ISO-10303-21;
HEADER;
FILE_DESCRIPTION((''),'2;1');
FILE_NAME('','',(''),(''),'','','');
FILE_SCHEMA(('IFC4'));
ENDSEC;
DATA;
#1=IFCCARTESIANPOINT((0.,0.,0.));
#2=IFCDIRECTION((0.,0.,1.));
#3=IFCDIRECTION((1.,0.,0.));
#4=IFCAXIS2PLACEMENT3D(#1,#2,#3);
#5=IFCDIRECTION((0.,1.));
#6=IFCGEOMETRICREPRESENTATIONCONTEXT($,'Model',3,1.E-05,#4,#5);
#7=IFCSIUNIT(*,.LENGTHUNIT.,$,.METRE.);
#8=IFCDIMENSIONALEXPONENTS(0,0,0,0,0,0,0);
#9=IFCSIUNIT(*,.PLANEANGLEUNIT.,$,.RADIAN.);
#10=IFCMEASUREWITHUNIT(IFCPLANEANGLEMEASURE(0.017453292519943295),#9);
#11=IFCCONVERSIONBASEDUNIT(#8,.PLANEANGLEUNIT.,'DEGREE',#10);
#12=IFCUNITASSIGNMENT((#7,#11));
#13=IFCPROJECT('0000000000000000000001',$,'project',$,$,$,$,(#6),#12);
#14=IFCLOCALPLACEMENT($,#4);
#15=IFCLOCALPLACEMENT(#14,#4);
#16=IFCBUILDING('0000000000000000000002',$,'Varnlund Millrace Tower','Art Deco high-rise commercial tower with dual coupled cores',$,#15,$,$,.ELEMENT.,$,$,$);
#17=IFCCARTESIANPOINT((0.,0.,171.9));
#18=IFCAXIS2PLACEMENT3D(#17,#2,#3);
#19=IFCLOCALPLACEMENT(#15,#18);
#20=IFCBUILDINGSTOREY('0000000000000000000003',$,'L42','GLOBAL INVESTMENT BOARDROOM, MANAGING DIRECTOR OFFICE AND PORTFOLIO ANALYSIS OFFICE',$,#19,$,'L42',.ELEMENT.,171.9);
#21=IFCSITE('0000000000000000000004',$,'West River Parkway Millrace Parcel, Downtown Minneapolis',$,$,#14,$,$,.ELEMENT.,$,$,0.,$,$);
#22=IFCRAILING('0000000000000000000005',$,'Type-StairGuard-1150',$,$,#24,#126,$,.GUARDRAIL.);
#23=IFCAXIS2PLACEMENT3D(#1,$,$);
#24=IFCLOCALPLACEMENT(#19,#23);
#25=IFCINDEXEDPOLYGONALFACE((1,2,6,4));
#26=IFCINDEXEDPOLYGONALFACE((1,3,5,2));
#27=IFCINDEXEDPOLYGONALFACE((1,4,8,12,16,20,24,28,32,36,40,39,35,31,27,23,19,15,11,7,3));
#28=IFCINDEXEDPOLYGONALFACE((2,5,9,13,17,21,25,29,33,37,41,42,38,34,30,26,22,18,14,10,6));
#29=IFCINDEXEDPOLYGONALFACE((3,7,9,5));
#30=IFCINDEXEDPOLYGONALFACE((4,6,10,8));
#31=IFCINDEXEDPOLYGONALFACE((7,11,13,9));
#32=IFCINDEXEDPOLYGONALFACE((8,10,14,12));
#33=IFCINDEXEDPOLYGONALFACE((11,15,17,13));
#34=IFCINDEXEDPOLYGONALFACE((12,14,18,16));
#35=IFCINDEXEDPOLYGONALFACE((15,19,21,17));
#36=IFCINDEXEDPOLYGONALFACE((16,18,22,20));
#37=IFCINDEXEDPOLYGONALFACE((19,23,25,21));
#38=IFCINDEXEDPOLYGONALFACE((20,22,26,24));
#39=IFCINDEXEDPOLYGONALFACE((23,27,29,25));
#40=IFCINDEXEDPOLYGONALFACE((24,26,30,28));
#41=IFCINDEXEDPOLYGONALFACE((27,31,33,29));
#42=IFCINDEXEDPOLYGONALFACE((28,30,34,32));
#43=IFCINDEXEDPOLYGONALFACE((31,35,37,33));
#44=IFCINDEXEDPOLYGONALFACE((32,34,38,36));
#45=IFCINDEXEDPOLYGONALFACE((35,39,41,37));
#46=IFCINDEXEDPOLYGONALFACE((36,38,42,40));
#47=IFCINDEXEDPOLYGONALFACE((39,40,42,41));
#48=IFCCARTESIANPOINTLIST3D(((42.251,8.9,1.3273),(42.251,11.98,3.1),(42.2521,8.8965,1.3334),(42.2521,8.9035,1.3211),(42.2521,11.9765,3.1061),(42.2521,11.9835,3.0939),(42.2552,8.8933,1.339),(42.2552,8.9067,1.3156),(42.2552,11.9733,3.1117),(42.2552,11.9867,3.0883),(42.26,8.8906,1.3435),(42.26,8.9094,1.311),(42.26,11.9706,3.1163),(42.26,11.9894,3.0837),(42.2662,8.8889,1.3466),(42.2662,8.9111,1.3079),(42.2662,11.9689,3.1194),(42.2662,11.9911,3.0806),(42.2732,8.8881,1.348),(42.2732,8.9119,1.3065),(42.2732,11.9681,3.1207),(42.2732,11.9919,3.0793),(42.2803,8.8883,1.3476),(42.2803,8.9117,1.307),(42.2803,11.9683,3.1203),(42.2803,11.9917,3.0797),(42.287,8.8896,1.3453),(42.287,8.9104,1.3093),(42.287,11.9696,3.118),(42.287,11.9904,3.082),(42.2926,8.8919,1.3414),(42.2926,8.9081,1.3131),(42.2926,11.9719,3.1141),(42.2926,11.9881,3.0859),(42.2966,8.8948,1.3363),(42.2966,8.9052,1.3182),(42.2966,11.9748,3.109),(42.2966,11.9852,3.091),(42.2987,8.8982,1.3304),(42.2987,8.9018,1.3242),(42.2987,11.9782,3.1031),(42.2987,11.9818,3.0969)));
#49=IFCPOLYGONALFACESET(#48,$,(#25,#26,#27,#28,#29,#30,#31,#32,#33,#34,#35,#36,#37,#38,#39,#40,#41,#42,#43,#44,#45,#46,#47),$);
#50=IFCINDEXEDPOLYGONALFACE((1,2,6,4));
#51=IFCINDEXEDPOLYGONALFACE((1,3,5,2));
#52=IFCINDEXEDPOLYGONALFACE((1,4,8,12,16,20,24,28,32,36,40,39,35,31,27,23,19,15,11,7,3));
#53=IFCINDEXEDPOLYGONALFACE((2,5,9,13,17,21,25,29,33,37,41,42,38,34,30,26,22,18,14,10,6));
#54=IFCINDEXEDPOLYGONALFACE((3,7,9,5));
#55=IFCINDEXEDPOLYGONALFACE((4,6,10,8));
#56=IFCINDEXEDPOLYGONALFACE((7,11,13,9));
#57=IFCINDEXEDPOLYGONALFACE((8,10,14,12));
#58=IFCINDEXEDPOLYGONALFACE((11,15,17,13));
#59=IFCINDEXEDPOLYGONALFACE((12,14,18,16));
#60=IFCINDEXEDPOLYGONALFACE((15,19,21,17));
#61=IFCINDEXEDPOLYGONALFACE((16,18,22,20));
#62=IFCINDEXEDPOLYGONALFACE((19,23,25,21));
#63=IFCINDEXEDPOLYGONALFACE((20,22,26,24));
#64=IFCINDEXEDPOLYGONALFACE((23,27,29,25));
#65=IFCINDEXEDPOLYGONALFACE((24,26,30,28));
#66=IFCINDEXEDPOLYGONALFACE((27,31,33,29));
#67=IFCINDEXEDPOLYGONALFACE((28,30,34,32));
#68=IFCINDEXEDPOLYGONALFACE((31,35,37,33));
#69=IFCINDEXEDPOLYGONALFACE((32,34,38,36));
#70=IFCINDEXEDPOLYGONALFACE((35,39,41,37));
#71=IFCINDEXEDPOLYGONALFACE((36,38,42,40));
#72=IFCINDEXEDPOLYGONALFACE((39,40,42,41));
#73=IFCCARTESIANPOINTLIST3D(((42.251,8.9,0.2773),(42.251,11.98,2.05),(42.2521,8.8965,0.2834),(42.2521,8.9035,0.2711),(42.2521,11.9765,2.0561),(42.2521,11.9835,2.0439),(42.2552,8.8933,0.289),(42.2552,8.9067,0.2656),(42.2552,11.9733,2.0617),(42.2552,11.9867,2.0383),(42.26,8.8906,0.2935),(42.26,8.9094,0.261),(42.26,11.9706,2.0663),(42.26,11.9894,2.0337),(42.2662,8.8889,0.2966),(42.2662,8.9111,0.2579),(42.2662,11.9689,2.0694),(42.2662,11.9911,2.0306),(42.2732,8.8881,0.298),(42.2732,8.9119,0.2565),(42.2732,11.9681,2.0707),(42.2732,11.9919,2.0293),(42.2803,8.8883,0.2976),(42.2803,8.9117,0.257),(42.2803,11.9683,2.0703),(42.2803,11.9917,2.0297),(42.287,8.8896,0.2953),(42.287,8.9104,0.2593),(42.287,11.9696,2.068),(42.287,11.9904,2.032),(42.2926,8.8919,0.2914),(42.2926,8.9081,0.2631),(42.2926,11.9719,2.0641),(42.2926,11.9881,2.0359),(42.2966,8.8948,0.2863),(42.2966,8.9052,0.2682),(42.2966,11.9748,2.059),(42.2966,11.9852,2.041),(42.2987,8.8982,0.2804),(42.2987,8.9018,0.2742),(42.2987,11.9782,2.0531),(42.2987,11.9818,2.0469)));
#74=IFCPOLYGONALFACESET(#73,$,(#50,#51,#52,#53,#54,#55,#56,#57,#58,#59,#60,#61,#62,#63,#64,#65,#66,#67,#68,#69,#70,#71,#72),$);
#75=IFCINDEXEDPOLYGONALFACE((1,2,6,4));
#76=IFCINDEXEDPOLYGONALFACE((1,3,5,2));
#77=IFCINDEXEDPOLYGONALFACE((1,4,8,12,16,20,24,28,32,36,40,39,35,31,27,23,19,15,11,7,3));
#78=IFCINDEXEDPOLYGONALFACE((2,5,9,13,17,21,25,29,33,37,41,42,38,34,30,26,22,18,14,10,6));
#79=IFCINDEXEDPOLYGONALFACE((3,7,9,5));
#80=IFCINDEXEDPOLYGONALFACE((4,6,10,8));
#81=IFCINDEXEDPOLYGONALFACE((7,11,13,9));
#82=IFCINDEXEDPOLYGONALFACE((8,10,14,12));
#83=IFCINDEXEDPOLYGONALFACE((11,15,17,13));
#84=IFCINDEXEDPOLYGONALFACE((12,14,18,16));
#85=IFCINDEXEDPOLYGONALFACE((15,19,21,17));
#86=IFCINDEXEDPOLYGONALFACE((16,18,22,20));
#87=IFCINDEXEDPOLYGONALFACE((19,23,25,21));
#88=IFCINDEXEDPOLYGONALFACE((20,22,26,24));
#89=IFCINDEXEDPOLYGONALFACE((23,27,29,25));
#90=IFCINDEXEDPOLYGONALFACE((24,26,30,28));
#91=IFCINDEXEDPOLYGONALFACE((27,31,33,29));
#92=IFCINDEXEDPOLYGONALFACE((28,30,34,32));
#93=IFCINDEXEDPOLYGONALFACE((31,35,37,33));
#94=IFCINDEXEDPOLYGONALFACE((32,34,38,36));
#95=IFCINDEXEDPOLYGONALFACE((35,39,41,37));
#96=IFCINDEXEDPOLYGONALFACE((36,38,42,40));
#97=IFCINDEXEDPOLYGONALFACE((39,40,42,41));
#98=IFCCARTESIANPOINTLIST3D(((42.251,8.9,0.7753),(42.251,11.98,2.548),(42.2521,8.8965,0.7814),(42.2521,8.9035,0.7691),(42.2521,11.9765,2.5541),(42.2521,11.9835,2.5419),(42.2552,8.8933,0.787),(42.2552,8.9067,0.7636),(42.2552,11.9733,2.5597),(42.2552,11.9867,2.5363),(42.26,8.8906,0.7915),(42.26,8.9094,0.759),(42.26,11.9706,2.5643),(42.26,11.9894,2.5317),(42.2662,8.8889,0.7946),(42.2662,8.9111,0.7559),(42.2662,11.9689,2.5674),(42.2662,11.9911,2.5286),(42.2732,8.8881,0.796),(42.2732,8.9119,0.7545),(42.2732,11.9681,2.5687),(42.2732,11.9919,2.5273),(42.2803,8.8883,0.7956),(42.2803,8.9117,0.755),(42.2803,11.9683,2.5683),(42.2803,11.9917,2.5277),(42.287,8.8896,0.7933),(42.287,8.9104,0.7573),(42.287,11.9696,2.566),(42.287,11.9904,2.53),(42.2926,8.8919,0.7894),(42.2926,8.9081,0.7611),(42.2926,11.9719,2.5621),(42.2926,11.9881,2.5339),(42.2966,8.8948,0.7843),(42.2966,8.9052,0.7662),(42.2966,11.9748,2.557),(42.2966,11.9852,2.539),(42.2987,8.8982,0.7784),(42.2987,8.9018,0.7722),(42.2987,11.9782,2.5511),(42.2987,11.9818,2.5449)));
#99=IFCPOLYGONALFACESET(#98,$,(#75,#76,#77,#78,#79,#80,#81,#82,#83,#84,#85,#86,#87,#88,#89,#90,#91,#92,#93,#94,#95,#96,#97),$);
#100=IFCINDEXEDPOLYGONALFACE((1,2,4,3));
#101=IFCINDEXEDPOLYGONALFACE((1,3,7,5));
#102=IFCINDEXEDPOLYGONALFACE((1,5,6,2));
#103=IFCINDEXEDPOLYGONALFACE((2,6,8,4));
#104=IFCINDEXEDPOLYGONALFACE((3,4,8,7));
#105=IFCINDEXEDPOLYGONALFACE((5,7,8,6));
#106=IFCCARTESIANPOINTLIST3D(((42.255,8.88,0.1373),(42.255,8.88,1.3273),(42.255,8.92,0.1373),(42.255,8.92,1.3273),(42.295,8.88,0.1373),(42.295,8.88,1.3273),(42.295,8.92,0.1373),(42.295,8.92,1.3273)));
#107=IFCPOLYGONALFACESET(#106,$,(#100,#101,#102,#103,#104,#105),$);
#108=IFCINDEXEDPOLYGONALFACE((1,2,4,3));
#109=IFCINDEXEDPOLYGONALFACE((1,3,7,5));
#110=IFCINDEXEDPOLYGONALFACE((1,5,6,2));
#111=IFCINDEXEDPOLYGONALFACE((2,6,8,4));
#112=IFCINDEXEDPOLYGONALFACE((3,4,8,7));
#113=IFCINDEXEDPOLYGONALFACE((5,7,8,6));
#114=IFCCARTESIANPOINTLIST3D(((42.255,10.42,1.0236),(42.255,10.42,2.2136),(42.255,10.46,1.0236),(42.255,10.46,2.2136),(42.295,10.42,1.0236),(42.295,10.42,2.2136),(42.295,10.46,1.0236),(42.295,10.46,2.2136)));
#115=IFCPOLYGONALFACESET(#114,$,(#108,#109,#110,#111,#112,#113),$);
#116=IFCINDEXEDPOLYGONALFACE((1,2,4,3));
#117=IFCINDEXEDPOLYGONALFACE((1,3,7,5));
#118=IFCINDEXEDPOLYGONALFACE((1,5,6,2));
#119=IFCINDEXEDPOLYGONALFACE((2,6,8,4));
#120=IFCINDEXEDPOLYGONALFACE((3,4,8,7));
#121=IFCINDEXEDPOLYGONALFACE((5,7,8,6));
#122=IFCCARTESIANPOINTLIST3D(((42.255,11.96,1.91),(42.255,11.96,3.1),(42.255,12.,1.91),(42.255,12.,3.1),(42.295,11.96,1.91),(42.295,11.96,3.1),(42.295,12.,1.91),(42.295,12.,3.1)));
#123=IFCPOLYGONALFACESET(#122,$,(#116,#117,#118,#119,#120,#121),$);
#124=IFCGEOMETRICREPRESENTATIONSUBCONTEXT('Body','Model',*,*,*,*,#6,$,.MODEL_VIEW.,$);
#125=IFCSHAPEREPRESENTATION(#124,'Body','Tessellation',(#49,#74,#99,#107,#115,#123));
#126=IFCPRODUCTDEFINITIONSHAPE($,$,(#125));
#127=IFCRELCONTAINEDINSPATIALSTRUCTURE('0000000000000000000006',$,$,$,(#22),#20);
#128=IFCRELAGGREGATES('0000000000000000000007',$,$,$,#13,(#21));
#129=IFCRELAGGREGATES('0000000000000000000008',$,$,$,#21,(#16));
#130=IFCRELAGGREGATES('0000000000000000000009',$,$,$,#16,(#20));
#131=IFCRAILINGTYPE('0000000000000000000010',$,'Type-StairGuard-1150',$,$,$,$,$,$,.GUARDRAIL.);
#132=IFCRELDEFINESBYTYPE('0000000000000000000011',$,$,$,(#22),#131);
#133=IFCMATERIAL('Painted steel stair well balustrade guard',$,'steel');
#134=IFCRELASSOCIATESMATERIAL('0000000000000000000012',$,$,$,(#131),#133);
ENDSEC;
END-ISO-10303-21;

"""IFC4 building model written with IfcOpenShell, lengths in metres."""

from ifc_helpers import new_model, entity, si_unit, converted_unit, direction, frame, origin_with_axes, origin_2d_with_axis, place, context, subcontext, project, spatial, rectangle, circle, extrude, material, type_object, element, save


model = new_model("IFC4")

# Units and contexts
model_context = context("Model", 3, precision=1e-05, world=origin_with_axes(), true_north=direction((0.0, 1.0)))
body_context = subcontext(model_context, "Body", "Model", "MODEL_VIEW")
ifc_project = project(units=[si_unit("LENGTHUNIT", "METRE"), converted_unit("PLANEANGLEUNIT", "DEGREE", entity("IfcPlaneAngleMeasure", 0.017453292519943295), si_unit("PLANEANGLEUNIT", "RADIAN"), dimensions=[0, 0, 0, 0, 0, 0, 0])], contexts=[model_context])

# Site, building, storey
site_placement = place(None, origin_with_axes())
site = spatial("IfcSite", under=ifc_project, at=site_placement, Name="West River Parkway Millrace Parcel, Downtown Minneapolis", CompositionType="ELEMENT", RefElevation=0.0)
building_placement = place(site_placement, origin_with_axes())
building = spatial("IfcBuilding", under=site, at=building_placement, Name="Varnlund Millrace Tower", Description="Art Deco high-rise commercial tower with dual coupled cores", CompositionType="ELEMENT")
storey_placement = place(building_placement, frame((0.0, 0.0, 171.9), z_axis=(0.0, 0.0, 1.0), x_axis=(1.0, 0.0, 0.0)))
storey = spatial("IfcBuildingStorey", under=building, at=storey_placement, Name="L42", Description="GLOBAL INVESTMENT BOARDROOM, MANAGING DIRECTOR OFFICE AND PORTFOLIO ANALYSIS OFFICE", LongName="L42", CompositionType="ELEMENT", Elevation=171.9)

# Railing
ifc_material_1 = material(Name="Painted steel stair well balustrade guard", Category="steel")
railing_type_1 = type_object("IfcRailingType", Name="Type-StairGuard-1150", PredefinedType="GUARDRAIL", material=ifc_material_1)
railing_1_placement = place(storey_placement, frame((0.0, 0.0, -171.9), z_axis=(0.0, 0.0, 1.0), x_axis=(1.0, 0.0, 0.0)))
element("IfcRailing", 1, at=railing_1_placement, inside=storey, type_object=railing_type_1, Name="Type-StairGuard-1150", PredefinedType="GUARDRAIL", context=body_context, shape_type="SweptSolid", body=[
    extrude(circle(Radius=0.024, at=origin_2d_with_axis()), frame((42.275, 8.9, 173.2273), z_axis=(0.0, 0.866696, 0.498836), x_axis=(-1.0, 0.0, 0.0)), (0.0, 0.0, 1.0), 3.5537),
    extrude(circle(Radius=0.024, at=origin_2d_with_axis()), frame((42.275, 8.9, 172.1773), z_axis=(0.0, 0.866696, 0.498836), x_axis=(-1.0, 0.0, 0.0)), (0.0, 0.0, 1.0), 3.5537),
    extrude(circle(Radius=0.024, at=origin_2d_with_axis()), frame((42.275, 8.9, 172.6753), z_axis=(0.0, 0.866696, 0.498836), x_axis=(-1.0, 0.0, 0.0)), (0.0, 0.0, 1.0), 3.5537),
    extrude(rectangle(XDim=0.04, YDim=0.04, at=origin_2d_with_axis()), frame((42.275, 8.9, 172.0373), z_axis=(0.0, 0.0, 1.0), x_axis=(1.0, 0.0, 0.0)), (0.0, 0.0, 1.0), 1.19),
    extrude(rectangle(XDim=0.04, YDim=0.04, at=origin_2d_with_axis()), frame((42.275, 10.44, 172.9236), z_axis=(0.0, 0.0, 1.0), x_axis=(1.0, 0.0, 0.0)), (0.0, 0.0, 1.0), 1.19),
    extrude(rectangle(XDim=0.04, YDim=0.04, at=origin_2d_with_axis()), frame((42.275, 11.98, 173.81), z_axis=(0.0, 0.0, 1.0), x_axis=(1.0, 0.0, 0.0)), (0.0, 0.0, 1.0), 1.19),
])

save(model, "model.ifc")
